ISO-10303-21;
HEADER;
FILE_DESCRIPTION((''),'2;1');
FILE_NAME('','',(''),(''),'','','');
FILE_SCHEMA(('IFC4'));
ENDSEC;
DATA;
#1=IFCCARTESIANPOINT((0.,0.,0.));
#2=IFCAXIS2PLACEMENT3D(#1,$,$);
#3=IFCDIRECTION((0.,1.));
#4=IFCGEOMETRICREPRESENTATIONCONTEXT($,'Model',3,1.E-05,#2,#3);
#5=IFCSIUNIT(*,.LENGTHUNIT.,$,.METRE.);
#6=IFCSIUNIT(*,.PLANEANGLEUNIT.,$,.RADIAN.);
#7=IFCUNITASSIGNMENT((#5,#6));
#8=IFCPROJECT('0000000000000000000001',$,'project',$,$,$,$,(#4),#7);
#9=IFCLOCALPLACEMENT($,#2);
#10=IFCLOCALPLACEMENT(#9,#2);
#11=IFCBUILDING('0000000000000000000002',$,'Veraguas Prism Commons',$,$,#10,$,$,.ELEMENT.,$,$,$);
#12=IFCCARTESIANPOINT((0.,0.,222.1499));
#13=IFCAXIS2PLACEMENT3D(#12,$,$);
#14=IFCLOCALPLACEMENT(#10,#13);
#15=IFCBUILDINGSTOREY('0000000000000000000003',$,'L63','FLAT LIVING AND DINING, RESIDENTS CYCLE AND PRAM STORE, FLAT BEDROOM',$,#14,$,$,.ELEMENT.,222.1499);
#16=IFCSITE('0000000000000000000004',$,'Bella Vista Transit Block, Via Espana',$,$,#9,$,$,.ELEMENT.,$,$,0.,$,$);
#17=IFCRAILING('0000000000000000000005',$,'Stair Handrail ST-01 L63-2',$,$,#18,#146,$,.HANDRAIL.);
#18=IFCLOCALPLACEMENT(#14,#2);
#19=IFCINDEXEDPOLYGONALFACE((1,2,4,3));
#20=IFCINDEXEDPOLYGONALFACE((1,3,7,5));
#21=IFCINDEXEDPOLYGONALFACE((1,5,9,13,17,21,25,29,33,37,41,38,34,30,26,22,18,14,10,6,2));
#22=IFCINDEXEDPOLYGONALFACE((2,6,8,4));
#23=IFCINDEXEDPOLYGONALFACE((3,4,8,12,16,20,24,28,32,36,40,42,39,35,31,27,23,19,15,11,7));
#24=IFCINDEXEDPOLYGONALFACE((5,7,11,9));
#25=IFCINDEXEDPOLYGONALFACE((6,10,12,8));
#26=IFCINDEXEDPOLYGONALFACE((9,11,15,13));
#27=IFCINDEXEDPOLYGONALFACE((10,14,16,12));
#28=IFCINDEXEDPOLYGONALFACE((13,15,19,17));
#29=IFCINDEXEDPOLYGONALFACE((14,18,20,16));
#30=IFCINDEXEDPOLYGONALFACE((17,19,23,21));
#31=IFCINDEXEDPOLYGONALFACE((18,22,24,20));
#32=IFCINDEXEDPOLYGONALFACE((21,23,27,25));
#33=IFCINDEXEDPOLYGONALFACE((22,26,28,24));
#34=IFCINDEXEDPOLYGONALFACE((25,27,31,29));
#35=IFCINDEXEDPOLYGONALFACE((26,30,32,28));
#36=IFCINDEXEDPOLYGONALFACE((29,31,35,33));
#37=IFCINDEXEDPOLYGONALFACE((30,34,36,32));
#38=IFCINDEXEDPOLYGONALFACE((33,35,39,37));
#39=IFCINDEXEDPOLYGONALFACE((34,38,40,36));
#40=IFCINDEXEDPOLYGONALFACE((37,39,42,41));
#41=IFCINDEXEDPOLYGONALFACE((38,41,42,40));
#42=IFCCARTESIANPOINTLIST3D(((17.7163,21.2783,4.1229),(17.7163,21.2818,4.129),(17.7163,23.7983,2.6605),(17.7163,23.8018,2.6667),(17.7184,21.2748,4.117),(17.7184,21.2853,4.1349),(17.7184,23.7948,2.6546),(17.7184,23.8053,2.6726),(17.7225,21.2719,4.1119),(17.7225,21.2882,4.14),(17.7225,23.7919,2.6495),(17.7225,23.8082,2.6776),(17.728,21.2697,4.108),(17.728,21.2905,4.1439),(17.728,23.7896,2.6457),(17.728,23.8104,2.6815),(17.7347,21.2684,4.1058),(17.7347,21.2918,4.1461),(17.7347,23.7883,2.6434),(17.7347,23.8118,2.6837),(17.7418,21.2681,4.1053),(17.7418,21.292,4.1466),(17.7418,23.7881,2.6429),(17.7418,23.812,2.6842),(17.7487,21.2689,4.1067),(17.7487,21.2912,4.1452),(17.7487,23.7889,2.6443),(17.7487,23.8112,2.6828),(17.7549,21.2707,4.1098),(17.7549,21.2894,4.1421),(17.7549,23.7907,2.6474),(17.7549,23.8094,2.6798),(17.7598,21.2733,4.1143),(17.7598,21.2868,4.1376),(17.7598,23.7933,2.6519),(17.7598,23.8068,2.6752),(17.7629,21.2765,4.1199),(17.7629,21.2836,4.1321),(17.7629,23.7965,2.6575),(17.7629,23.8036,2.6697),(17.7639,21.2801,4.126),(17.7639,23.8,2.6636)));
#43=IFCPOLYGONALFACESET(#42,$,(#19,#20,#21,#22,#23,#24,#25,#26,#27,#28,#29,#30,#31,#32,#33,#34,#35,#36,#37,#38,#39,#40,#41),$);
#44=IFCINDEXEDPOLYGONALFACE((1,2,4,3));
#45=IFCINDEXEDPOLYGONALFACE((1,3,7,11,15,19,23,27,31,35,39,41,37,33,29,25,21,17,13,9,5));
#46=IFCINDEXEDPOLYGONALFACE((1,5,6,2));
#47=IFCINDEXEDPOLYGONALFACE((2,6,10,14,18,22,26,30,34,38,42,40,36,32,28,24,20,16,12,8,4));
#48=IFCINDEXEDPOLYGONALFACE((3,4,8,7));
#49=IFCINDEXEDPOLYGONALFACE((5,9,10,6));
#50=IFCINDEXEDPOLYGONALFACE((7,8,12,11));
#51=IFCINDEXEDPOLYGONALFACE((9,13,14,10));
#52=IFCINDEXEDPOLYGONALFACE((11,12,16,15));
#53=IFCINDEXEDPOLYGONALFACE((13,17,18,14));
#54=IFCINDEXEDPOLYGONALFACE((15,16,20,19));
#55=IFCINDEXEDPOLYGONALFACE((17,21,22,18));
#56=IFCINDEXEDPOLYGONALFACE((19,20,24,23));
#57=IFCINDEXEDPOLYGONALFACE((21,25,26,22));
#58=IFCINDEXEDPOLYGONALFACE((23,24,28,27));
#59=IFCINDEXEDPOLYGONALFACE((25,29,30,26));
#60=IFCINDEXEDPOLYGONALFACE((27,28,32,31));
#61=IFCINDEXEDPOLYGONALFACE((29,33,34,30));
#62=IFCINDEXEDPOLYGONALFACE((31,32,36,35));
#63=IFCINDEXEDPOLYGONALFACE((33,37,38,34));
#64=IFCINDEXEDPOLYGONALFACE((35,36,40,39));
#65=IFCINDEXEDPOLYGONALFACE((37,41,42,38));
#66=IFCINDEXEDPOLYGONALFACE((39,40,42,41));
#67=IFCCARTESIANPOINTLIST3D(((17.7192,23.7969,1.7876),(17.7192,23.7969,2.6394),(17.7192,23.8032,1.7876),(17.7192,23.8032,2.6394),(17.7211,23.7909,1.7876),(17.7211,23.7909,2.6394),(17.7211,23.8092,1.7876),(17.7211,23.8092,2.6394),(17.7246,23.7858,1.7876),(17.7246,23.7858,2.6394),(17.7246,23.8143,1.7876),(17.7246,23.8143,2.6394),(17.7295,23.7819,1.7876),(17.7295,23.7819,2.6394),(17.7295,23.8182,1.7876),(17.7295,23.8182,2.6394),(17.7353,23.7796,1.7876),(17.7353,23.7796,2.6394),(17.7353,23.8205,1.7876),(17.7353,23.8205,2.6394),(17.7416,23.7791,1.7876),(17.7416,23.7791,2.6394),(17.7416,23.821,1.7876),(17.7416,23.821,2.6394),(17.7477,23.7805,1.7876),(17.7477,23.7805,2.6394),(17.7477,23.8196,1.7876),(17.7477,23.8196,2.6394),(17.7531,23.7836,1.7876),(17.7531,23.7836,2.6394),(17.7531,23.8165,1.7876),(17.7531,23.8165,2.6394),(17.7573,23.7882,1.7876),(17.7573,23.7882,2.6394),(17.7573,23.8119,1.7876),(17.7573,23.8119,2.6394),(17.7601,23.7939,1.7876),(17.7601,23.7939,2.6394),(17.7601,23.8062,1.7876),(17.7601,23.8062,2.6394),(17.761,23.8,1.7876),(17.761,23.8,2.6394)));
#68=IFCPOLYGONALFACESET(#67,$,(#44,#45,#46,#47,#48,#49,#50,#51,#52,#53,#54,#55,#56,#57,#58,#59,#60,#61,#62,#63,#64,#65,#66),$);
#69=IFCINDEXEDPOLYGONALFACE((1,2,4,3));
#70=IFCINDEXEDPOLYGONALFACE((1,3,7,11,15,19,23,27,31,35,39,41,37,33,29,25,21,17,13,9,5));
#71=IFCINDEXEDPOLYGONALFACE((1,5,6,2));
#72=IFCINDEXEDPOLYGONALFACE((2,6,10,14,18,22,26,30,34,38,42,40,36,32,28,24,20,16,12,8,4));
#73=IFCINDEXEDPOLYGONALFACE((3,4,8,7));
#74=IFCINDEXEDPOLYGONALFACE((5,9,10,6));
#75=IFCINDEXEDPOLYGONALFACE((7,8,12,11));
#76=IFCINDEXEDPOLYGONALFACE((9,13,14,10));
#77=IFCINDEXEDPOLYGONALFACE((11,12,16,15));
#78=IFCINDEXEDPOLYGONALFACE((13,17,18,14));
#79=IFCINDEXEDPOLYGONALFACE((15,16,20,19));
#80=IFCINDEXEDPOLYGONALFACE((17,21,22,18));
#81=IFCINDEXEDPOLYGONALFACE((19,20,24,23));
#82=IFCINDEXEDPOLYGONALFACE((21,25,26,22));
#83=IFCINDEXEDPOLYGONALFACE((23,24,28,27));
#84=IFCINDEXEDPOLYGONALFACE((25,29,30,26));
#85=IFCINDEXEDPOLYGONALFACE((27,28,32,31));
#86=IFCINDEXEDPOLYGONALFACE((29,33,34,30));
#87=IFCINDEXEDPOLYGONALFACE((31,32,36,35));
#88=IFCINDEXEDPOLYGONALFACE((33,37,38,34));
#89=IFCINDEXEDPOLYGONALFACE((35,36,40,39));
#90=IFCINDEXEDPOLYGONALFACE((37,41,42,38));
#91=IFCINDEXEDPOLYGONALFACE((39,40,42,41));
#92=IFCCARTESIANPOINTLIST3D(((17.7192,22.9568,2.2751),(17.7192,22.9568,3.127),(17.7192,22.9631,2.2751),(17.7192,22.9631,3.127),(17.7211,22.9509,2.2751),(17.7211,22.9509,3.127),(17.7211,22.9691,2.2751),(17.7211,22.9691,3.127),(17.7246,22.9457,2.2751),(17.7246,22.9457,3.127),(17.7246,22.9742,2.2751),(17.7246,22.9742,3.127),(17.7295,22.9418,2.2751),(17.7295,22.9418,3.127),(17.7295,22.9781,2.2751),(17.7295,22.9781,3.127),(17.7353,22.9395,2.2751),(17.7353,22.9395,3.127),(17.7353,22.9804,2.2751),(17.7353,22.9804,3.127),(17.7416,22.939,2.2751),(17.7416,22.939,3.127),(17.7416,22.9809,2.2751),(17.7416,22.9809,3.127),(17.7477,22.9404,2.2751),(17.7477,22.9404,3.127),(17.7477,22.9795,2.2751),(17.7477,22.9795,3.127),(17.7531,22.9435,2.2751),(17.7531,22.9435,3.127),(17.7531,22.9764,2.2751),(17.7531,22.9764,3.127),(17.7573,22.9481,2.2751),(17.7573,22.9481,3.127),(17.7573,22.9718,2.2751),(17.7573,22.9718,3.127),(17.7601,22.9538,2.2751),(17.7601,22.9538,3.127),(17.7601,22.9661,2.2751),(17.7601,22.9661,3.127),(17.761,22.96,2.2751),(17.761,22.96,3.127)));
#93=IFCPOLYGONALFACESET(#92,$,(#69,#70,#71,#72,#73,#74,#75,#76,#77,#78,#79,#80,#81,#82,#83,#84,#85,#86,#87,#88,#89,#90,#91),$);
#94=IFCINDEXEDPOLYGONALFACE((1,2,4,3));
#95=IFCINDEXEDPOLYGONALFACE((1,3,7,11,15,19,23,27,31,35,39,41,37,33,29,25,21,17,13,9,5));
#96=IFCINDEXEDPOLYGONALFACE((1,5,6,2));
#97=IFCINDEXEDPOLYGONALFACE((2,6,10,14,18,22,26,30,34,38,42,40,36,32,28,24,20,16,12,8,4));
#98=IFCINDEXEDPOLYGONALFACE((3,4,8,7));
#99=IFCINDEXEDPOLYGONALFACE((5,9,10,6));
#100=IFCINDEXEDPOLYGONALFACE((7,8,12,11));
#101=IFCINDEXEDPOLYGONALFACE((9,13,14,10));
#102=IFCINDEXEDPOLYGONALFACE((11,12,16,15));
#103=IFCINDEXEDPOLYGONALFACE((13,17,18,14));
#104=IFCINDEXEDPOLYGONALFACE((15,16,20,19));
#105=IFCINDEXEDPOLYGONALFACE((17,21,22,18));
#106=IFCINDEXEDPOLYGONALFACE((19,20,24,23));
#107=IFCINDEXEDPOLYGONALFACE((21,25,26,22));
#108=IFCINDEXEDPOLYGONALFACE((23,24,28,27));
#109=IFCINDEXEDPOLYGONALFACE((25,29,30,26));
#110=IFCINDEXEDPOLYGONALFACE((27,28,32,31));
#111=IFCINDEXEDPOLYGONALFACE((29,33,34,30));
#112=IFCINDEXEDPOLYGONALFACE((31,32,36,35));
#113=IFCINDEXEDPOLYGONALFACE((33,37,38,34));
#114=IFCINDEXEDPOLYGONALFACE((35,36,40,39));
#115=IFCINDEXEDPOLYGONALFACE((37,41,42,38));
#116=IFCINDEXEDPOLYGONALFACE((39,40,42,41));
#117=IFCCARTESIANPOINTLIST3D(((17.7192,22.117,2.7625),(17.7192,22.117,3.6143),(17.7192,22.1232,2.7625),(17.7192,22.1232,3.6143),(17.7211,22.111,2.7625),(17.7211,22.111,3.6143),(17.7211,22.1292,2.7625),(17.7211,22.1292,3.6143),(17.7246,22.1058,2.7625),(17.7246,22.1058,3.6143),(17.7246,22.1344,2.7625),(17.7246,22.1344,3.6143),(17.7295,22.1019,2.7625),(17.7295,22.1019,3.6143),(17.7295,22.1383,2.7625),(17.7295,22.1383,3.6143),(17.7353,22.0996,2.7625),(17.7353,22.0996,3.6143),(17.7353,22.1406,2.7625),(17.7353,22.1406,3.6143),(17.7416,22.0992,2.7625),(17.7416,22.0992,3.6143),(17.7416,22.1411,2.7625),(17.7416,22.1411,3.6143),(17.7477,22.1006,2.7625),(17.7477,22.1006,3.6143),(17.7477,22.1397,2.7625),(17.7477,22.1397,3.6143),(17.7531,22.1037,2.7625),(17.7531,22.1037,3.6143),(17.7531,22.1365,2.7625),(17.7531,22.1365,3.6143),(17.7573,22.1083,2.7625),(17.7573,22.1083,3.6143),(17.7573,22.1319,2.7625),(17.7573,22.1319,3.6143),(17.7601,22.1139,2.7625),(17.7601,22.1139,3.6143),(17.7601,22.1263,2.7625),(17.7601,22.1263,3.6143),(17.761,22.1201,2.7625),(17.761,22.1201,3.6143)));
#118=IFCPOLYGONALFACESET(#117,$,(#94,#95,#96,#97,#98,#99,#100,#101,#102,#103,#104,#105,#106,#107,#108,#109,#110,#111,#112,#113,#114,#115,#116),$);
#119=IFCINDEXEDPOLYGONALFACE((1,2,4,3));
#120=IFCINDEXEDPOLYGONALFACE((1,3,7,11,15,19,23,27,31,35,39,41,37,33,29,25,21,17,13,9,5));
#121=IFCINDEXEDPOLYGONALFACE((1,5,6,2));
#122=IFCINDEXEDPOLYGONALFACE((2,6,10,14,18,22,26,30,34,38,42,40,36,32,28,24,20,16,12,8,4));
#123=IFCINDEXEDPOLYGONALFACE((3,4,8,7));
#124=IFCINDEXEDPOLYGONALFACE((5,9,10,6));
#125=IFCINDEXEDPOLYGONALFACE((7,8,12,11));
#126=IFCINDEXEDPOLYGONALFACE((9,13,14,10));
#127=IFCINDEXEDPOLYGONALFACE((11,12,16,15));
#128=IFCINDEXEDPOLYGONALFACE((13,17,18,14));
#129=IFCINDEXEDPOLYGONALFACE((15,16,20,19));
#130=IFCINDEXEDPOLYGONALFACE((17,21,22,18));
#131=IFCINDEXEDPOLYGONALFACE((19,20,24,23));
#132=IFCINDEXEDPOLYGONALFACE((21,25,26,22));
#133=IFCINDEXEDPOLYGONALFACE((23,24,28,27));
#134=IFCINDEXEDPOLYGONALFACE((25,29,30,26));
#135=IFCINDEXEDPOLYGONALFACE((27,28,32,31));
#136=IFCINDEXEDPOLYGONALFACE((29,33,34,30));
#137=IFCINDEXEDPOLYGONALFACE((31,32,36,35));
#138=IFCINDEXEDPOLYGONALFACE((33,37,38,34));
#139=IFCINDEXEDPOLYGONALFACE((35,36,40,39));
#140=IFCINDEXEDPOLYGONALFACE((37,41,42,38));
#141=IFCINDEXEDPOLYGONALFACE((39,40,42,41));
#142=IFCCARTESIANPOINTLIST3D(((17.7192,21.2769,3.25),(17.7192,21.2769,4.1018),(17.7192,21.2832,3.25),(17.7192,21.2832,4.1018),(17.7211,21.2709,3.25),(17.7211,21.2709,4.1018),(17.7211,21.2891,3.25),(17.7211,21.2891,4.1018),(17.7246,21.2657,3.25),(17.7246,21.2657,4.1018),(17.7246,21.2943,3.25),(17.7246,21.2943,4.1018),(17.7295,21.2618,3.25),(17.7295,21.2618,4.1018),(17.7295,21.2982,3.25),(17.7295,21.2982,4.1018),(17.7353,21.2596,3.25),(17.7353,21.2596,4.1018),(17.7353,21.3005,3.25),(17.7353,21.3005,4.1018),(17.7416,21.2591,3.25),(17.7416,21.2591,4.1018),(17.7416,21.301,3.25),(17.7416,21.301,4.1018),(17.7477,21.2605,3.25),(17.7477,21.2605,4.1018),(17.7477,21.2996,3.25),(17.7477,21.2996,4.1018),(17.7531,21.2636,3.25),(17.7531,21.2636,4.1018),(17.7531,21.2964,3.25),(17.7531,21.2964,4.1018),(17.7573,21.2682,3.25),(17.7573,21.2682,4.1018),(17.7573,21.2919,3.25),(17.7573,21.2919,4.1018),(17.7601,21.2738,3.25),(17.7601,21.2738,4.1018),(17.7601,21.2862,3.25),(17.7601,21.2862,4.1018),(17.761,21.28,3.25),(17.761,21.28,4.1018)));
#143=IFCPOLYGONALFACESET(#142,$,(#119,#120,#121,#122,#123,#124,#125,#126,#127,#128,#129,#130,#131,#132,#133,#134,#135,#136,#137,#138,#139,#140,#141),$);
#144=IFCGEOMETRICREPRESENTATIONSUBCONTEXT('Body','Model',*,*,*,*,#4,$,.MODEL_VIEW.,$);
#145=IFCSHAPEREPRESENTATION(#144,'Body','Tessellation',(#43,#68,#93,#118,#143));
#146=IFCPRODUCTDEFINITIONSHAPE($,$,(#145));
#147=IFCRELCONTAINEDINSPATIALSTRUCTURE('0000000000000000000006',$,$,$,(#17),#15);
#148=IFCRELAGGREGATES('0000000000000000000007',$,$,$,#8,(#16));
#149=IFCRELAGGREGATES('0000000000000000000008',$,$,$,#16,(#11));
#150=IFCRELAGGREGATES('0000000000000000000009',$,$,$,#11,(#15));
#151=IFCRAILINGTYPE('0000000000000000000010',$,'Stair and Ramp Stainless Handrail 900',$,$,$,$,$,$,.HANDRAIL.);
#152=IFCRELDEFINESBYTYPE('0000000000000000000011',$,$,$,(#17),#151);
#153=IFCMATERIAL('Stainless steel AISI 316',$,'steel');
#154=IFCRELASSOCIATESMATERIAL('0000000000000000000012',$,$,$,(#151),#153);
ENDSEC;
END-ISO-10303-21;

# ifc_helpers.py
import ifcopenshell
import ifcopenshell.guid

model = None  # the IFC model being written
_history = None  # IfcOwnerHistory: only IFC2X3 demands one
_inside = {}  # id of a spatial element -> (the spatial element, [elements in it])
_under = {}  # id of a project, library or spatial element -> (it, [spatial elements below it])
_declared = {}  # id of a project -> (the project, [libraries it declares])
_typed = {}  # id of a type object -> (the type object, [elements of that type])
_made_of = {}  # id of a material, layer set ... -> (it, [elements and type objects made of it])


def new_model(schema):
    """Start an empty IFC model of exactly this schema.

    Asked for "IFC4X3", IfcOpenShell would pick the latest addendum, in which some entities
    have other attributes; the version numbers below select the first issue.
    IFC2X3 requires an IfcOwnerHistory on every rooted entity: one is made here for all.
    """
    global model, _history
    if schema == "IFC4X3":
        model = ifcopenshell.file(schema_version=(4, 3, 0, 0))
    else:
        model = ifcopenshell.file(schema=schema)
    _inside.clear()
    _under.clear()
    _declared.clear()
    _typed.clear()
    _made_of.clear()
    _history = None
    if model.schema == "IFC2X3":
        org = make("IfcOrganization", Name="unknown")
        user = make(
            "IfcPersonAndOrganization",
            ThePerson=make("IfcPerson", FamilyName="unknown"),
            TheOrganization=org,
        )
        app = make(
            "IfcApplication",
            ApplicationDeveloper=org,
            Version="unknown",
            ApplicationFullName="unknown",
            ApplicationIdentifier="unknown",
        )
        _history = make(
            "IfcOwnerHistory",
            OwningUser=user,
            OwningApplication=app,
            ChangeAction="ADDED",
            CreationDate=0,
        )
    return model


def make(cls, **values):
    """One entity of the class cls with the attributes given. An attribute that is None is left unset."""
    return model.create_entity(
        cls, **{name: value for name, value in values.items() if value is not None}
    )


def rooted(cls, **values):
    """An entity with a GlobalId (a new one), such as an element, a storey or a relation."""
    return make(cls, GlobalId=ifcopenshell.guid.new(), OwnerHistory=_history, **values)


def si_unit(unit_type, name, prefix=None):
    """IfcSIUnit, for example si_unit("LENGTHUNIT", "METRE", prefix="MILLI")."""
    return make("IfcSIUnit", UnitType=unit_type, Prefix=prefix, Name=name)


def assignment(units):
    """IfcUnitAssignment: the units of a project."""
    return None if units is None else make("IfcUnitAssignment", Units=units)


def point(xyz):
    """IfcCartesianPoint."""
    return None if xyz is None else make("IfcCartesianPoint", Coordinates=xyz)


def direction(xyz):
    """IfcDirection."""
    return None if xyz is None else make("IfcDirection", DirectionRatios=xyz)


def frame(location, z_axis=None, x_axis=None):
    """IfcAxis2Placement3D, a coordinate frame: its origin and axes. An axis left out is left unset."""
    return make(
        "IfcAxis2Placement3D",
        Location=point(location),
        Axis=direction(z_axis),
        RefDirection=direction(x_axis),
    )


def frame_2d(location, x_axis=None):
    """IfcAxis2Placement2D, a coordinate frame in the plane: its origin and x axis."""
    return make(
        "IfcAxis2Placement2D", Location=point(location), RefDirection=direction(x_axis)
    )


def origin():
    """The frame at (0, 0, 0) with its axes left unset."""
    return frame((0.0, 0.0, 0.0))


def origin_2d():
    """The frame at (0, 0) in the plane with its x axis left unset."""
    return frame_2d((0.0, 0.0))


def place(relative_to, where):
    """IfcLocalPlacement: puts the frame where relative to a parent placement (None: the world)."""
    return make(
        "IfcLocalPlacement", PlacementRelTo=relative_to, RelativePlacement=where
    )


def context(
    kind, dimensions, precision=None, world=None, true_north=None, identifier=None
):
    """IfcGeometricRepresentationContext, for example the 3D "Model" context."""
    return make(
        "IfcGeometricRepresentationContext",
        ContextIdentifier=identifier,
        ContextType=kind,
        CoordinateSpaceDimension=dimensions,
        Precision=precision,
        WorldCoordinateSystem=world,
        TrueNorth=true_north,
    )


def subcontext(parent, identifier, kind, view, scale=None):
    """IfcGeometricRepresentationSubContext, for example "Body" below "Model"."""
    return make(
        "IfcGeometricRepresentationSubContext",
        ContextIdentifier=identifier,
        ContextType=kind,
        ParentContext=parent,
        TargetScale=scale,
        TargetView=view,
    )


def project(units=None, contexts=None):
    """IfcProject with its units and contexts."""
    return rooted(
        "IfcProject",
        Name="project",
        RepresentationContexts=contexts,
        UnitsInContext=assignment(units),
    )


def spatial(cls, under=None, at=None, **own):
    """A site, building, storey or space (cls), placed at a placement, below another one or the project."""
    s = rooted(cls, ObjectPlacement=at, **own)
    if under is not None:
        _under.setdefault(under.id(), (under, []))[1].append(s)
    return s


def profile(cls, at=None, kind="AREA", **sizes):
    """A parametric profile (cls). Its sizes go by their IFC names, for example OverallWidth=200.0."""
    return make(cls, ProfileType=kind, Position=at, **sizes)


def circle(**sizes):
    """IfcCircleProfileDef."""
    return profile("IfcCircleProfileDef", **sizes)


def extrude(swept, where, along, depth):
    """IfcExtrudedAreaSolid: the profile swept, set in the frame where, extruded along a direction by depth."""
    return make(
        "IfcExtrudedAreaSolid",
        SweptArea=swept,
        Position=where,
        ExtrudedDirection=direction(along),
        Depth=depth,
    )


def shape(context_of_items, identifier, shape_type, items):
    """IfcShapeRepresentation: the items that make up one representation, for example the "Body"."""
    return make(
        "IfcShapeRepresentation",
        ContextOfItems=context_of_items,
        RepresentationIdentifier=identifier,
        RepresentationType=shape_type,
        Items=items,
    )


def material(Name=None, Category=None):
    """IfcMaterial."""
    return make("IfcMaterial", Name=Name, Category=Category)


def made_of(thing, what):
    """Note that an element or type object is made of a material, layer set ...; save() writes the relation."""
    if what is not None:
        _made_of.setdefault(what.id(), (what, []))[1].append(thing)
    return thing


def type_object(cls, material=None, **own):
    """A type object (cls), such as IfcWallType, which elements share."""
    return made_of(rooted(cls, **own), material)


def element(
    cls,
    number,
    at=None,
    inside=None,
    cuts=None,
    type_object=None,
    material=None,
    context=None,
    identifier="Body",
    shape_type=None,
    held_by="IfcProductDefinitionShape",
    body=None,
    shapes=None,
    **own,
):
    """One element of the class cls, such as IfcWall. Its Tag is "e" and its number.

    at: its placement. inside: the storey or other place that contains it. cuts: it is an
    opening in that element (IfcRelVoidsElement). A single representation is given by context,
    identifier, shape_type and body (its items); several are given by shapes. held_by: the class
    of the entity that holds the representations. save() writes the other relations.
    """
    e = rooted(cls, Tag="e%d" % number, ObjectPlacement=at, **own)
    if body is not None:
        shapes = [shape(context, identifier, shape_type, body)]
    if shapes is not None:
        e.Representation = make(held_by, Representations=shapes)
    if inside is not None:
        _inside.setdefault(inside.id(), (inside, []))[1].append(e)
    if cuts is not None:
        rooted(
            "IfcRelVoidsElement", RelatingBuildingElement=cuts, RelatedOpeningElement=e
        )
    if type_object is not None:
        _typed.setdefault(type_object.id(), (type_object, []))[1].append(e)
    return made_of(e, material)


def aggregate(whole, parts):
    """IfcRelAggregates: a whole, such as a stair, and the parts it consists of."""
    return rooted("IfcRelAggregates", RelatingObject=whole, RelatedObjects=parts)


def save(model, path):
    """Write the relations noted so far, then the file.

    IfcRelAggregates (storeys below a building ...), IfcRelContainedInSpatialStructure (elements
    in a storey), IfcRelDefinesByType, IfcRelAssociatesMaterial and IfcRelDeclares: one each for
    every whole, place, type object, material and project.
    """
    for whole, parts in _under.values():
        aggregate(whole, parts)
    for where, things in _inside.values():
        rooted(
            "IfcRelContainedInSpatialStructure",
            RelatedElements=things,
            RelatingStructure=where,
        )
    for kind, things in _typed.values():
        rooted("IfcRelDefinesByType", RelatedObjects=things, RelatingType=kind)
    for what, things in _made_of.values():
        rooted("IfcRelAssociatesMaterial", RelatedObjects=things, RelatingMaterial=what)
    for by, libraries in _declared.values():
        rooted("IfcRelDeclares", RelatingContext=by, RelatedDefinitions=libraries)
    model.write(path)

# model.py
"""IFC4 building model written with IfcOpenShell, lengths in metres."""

from ifc_helpers import new_model, si_unit, direction, frame, origin, origin_2d, place, context, subcontext, project, spatial, circle, extrude, material, type_object, element, save


model = new_model("IFC4")

# Units and contexts
model_context = context("Model", 3, precision=1e-05, world=origin(), true_north=direction((0.0, 1.0)))
body_context = subcontext(model_context, "Body", "Model", "MODEL_VIEW")
ifc_project = project(units=[si_unit("LENGTHUNIT", "METRE"), si_unit("PLANEANGLEUNIT", "RADIAN")], contexts=[model_context])

# Site, building, storey
site_placement = place(None, origin())
site = spatial("IfcSite", under=ifc_project, at=site_placement, Name="Bella Vista Transit Block, Via Espana", CompositionType="ELEMENT", RefElevation=0.0)
building_placement = place(site_placement, origin())
building = spatial("IfcBuilding", under=site, at=building_placement, Name="Veraguas Prism Commons", CompositionType="ELEMENT")
storey_placement = place(building_placement, frame((0.0, 0.0, 222.1499)))
storey = spatial("IfcBuildingStorey", under=building, at=storey_placement, Name="L63", Description="FLAT LIVING AND DINING, RESIDENTS CYCLE AND PRAM STORE, FLAT BEDROOM", CompositionType="ELEMENT", Elevation=222.1499)

# Shared definitions
ifc_material_1 = material(Name="Stainless steel AISI 316", Category="steel")

# Railing
railing_type_1 = type_object("IfcRailingType", Name="Stair and Ramp Stainless Handrail 900", PredefinedType="HANDRAIL", material=ifc_material_1)
railing_1_placement = place(storey_placement, frame((17.74, 23.8, 1.7876)))
element("IfcRailing", 1, at=railing_1_placement, inside=storey, type_object=railing_type_1, Name="Stair Handrail ST-01 L63-2", PredefinedType="HANDRAIL", context=body_context, shape_type="SweptSolid", body=[
    extrude(circle(Radius=0.0239, at=origin_2d()), frame((0.0, 0.0, 0.876), z_axis=(0.0, -0.864913, 0.501921), x_axis=(1.0, 0.0, 0.0)), (0.0, 0.0, 1.0), 2.9136),
    extrude(circle(Radius=0.021, at=origin_2d()), origin(), (0.0, 0.0, 1.0), 0.8518),
    extrude(circle(Radius=0.021, at=origin_2d()), frame((0.0, -0.8401, 0.4875)), (0.0, 0.0, 1.0), 0.8518),
    extrude(circle(Radius=0.021, at=origin_2d()), frame((0.0, -1.6799, 0.9749)), (0.0, 0.0, 1.0), 0.8518),
    extrude(circle(Radius=0.021, at=origin_2d()), frame((0.0, -2.52, 1.4624)), (0.0, 0.0, 1.0), 0.8518),
])

save(model, "model.ifc")
